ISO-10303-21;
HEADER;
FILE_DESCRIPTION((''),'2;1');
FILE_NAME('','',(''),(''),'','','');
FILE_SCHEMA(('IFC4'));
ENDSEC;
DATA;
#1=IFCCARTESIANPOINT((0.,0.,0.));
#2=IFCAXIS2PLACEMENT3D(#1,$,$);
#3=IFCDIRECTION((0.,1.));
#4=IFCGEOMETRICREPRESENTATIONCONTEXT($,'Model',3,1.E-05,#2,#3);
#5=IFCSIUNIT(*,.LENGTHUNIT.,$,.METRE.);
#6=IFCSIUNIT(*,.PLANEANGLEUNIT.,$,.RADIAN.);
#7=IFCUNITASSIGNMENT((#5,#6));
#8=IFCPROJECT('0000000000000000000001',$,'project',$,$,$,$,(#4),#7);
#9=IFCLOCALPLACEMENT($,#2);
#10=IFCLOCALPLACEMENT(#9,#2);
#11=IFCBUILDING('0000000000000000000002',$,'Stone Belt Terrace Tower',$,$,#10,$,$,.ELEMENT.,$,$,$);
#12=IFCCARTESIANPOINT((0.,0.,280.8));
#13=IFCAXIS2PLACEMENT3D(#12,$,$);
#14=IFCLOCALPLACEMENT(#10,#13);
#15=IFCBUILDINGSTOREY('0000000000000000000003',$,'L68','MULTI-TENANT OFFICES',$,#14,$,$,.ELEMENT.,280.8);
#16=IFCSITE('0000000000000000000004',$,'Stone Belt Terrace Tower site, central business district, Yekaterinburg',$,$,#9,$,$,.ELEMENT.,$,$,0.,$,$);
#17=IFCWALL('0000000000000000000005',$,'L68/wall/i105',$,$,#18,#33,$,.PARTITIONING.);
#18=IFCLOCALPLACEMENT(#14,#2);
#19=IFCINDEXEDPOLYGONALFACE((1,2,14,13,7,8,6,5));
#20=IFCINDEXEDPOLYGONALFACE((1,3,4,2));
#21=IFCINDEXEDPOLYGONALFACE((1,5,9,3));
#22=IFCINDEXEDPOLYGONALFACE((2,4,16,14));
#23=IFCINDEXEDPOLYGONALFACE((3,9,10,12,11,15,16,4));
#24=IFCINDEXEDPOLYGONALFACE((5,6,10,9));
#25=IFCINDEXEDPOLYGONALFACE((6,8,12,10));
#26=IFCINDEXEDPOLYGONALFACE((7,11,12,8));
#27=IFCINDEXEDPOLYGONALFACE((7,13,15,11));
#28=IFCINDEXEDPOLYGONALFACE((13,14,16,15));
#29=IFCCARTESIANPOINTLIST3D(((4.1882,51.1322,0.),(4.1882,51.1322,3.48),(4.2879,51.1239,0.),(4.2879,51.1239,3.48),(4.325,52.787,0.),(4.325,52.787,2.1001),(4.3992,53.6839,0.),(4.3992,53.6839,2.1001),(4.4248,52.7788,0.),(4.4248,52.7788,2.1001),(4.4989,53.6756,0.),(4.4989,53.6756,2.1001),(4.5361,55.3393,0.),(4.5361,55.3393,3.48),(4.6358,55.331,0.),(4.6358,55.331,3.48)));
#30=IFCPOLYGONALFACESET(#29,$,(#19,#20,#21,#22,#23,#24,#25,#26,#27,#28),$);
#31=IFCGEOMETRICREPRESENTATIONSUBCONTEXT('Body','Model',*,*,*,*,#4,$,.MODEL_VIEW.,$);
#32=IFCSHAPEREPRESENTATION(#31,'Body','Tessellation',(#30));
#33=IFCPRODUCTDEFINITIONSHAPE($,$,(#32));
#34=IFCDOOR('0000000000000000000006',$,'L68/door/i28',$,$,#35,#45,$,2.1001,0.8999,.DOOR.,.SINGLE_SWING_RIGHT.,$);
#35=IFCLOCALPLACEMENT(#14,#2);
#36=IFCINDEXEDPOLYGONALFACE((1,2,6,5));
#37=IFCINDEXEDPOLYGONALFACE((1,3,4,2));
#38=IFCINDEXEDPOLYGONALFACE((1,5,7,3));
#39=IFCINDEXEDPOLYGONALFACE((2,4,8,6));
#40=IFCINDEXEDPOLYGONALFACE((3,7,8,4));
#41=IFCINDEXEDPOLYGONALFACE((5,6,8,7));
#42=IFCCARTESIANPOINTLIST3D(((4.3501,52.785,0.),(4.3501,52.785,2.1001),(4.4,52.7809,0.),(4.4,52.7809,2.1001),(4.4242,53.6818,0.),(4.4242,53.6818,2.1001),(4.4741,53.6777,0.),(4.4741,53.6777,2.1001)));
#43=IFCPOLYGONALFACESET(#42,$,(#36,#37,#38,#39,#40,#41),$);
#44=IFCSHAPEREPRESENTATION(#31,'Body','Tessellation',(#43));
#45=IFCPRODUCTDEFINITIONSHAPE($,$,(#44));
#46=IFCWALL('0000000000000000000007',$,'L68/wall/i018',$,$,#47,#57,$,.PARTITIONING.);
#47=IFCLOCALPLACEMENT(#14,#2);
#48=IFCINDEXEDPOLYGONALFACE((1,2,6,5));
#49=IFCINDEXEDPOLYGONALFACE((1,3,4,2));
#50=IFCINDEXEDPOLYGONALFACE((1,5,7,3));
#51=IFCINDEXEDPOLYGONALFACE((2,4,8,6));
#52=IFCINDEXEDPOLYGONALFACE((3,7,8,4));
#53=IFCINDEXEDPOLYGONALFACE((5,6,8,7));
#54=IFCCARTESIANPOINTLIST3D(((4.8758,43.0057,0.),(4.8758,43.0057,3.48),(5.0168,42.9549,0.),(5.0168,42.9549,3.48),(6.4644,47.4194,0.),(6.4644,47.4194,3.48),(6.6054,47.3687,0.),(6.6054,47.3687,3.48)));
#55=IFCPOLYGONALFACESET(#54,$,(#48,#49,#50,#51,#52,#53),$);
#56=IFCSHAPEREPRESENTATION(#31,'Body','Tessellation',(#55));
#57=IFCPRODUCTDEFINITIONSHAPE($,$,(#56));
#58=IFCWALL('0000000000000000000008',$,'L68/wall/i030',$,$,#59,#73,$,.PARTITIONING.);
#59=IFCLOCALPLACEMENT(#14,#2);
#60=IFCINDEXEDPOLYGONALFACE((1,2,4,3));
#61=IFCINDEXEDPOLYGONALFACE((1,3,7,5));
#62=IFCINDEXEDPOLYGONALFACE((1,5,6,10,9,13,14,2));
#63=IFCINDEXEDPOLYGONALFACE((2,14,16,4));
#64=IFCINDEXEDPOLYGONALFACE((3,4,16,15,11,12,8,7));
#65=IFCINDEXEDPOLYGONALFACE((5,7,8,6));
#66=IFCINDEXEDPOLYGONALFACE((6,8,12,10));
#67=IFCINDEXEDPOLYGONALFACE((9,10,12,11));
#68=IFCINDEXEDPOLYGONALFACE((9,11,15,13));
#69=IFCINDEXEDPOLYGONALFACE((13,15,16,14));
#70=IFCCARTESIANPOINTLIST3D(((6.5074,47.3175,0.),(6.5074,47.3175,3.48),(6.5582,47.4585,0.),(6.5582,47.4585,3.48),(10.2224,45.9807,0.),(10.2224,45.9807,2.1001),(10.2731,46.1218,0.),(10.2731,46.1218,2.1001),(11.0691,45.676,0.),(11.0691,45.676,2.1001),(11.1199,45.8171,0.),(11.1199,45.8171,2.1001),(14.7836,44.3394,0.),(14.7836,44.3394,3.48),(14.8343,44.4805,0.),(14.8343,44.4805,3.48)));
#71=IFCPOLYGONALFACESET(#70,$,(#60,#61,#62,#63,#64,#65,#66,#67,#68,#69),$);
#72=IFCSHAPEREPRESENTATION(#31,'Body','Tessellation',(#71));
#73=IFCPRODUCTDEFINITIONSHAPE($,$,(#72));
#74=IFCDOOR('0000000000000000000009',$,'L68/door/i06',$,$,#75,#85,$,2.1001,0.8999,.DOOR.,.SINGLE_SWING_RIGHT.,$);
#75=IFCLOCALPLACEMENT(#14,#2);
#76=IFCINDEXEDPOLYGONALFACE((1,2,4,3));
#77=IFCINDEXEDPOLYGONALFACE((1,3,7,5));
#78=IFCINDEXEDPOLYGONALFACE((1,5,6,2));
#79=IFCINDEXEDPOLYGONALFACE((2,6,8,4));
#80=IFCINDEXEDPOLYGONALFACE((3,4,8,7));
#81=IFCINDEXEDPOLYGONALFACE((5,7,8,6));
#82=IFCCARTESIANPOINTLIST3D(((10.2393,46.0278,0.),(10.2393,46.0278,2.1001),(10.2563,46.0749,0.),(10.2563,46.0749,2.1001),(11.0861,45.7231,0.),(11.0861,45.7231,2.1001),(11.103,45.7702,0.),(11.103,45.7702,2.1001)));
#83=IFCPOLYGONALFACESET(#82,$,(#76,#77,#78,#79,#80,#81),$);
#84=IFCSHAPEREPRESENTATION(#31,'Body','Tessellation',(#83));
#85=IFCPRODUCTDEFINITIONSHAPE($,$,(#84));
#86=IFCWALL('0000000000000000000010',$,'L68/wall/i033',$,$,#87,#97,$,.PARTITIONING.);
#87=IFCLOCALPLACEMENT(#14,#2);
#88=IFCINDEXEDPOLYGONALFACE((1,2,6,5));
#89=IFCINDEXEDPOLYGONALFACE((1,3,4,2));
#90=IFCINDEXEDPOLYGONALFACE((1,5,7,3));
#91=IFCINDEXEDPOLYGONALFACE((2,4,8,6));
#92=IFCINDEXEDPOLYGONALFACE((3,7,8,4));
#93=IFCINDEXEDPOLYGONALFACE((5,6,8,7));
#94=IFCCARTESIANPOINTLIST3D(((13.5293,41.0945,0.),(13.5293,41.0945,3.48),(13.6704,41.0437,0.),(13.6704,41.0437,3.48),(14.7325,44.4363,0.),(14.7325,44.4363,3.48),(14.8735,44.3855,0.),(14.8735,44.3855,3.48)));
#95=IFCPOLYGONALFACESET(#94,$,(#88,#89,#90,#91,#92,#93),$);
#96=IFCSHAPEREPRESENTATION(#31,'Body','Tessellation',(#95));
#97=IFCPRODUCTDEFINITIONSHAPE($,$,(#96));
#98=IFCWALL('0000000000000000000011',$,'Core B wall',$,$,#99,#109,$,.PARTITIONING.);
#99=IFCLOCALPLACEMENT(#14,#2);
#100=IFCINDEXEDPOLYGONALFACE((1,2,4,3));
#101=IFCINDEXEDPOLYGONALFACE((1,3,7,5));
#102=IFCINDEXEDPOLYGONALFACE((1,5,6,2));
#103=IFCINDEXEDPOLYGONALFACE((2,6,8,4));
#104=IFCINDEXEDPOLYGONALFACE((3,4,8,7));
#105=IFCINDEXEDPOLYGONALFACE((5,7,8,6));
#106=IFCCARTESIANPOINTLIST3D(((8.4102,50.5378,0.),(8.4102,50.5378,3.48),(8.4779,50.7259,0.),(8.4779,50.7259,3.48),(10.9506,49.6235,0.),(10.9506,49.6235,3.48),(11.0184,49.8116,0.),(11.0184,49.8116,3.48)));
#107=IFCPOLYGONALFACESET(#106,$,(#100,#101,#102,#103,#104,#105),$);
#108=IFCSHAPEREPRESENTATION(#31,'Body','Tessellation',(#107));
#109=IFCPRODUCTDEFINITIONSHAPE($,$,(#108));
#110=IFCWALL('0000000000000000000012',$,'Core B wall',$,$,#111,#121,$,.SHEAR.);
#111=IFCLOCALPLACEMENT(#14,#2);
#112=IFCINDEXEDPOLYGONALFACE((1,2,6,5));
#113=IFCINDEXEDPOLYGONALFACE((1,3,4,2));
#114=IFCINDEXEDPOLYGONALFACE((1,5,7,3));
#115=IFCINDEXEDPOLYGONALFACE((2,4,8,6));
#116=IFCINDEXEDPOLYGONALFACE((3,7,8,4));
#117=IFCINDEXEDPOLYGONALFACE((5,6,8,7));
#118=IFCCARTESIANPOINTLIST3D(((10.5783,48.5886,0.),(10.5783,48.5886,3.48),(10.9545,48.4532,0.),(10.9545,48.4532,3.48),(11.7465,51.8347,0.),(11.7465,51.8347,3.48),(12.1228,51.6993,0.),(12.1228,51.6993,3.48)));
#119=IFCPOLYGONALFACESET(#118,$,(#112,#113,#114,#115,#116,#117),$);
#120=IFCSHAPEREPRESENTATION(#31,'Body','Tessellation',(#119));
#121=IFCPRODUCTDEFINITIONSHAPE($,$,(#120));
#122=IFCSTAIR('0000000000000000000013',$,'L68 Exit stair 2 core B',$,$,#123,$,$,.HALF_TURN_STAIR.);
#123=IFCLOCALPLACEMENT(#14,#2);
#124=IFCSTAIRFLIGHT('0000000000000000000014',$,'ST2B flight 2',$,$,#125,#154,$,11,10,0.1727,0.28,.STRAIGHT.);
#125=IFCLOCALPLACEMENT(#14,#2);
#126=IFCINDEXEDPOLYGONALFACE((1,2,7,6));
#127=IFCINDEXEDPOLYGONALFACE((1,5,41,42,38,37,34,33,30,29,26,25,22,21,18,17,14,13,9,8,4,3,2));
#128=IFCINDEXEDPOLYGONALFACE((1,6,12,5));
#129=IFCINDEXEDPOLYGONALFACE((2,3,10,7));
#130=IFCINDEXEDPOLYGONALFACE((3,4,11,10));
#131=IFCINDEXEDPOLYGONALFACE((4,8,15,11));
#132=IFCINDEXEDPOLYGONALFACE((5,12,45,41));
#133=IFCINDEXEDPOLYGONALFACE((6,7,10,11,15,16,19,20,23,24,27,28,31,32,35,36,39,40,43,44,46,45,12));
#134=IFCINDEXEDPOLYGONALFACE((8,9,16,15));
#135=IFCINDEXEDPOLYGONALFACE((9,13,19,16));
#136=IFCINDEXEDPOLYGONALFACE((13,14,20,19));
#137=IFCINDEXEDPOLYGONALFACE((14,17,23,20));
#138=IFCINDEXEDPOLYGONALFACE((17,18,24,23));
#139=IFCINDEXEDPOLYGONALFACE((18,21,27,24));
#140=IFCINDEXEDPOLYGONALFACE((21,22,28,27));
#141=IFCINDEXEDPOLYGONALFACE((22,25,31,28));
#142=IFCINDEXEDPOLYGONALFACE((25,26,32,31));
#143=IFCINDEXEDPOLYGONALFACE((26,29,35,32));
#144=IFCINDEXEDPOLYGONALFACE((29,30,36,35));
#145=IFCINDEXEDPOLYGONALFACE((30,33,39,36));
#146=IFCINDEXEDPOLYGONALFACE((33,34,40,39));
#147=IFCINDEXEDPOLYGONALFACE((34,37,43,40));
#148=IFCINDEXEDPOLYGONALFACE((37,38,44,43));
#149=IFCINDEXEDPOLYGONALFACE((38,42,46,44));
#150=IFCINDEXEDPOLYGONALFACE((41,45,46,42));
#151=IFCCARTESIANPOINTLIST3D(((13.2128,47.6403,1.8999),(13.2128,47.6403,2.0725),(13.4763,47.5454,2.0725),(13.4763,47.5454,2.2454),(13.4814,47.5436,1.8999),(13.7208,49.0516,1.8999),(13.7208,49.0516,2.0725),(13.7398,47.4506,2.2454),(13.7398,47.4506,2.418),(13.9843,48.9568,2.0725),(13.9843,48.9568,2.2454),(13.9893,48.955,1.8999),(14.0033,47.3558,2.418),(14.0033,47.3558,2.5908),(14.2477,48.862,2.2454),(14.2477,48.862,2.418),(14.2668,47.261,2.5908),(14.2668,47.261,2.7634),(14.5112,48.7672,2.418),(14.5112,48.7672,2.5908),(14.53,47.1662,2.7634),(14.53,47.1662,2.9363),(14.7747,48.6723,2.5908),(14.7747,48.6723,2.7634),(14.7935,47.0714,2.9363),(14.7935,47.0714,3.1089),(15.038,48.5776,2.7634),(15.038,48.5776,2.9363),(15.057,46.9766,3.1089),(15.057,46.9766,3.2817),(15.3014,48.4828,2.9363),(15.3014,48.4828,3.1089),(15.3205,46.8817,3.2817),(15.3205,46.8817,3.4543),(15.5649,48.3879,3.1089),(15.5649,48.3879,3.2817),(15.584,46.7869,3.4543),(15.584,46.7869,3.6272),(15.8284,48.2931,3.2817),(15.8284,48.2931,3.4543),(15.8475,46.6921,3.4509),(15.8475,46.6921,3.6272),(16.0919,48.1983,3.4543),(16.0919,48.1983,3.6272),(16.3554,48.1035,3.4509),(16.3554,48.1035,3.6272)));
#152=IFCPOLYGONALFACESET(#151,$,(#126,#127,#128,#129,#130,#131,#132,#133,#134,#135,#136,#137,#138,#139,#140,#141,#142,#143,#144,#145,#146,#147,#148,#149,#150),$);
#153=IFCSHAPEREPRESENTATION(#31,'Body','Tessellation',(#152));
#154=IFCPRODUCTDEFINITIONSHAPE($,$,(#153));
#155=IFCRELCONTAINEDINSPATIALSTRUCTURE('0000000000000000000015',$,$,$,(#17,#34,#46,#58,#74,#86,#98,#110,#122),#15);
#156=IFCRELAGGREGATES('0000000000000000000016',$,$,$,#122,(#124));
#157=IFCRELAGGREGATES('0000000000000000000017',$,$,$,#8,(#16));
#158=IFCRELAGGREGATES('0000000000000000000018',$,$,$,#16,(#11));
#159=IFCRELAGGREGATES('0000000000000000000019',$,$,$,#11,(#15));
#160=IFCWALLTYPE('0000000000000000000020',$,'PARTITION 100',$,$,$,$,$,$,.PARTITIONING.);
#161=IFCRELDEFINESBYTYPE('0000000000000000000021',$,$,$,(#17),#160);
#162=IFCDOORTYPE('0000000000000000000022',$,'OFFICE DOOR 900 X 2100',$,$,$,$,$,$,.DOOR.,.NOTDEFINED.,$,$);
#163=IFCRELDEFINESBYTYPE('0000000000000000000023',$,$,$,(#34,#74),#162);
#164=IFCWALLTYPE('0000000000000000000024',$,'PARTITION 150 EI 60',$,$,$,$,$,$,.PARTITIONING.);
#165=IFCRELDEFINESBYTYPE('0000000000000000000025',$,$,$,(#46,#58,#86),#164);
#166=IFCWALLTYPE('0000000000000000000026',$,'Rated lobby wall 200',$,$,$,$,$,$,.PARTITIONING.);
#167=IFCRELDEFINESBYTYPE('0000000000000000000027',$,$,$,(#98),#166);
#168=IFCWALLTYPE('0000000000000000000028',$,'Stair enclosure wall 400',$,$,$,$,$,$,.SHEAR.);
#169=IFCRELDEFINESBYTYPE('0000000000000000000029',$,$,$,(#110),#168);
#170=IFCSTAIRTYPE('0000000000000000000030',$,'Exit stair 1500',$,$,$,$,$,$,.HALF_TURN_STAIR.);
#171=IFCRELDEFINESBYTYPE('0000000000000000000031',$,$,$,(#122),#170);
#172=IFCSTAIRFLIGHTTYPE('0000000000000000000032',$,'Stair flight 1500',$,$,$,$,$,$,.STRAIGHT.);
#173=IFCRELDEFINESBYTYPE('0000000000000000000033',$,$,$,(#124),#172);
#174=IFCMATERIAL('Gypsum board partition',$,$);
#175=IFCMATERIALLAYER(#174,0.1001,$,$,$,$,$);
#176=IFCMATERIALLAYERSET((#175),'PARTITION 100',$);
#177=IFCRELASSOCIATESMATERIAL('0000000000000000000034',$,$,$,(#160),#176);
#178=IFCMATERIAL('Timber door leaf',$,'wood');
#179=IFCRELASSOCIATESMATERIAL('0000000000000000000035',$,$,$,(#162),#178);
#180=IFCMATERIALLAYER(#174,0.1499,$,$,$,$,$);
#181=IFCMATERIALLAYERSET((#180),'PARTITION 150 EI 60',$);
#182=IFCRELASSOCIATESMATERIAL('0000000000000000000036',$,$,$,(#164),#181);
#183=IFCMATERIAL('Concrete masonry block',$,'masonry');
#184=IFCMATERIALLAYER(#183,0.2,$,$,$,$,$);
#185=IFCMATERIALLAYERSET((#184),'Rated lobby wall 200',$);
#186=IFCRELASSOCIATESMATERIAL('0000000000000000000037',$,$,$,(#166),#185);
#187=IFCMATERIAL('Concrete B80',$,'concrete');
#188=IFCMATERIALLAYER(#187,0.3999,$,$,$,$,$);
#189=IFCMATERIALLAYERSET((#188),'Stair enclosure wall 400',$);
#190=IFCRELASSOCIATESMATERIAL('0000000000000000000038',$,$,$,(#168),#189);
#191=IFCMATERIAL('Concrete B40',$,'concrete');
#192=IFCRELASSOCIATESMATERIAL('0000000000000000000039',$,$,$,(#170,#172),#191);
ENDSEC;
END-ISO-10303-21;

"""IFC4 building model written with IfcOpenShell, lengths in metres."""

from ifc_helpers import new_model, si_unit, direction, frame, frame_2d, origin, place, context, subcontext, project, spatial, polyline, rectangle, outline, extrude, material, layer, layer_set, type_object, element, fill, aggregate, save


model = new_model("IFC4")

# Units and contexts
model_context = context("Model", 3, precision=1e-05, world=origin(), true_north=direction((0.0, 1.0)))
body_context = subcontext(model_context, "Body", "Model", "MODEL_VIEW")
ifc_project = project(units=[si_unit("LENGTHUNIT", "METRE"), si_unit("PLANEANGLEUNIT", "RADIAN")], contexts=[model_context])

# Site, building, storey
site_placement = place(None, origin())
site = spatial("IfcSite", under=ifc_project, at=site_placement, Name="Stone Belt Terrace Tower site, central business district, Yekaterinburg", CompositionType="ELEMENT", RefElevation=0.0)
building_placement = place(site_placement, origin())
building = spatial("IfcBuilding", under=site, at=building_placement, Name="Stone Belt Terrace Tower", CompositionType="ELEMENT")
storey_placement = place(building_placement, frame((0.0, 0.0, 280.8)))
storey = spatial("IfcBuildingStorey", under=building, at=storey_placement, Name="L68", Description="MULTI-TENANT OFFICES", CompositionType="ELEMENT", Elevation=280.8)

# Shared definitions
ifc_material_1 = material(Name="Timber door leaf", Category="wood")

# Wall, opening, door
ifc_material_2 = material(Name="Gypsum board partition")
ifc_layer_1 = layer(ifc_material_2, 0.1001)
ifc_layer_set_1 = layer_set([ifc_layer_1], Name="PARTITION 100")
wall_type_1 = type_object("IfcWallType", Name="PARTITION 100", PredefinedType="PARTITIONING", material=ifc_layer_set_1)
wall_1_placement = place(storey_placement, frame((4.238, 51.1279, 0.0), z_axis=(0.0, 0.0, 1.0), x_axis=(0.082414, 0.996598, 0.0)))
wall_1 = element("IfcWall", 1, at=wall_1_placement, inside=storey, type_object=wall_type_1, Name="L68/wall/i105", PredefinedType="PARTITIONING", context=body_context, shape_type="SweptSolid", body=[
    extrude(rectangle(XDim=4.2214, YDim=0.1001, at=frame_2d((2.1108, 0.0))), origin(), (0.0, 0.0, 1.0), 3.48),
])
opening_1_placement = place(wall_1_placement, frame((1.6606, 0.0, 0.0)))
opening_1 = element("IfcOpeningElement", 2, at=opening_1_placement, cuts=wall_1, PredefinedType="OPENING", context=body_context, shape_type="SweptSolid", body=[
    extrude(rectangle(XDim=0.8999, YDim=2.1001, at=frame_2d((0.45, 1.05))), frame((0.0, 0.0601, 0.0), z_axis=(0.0, -1.0, 0.0), x_axis=(1.0, 0.0, 0.0)), (0.0, 0.0, 1.0), 0.1201),
])
door_type_1 = type_object("IfcDoorType", Name="OFFICE DOOR 900 X 2100", OperationType="NOTDEFINED", PredefinedType="DOOR", material=ifc_material_1)
door_1_placement = place(opening_1_placement, origin())
door_1 = element("IfcDoor", 3, at=door_1_placement, inside=storey, type_object=door_type_1, Name="L68/door/i28", OperationType="SINGLE_SWING_RIGHT", OverallHeight=2.1001, OverallWidth=0.8999, PredefinedType="DOOR", context=body_context, shape_type="SweptSolid", body=[
    extrude(rectangle(XDim=0.8999, YDim=2.1001, at=frame_2d((0.45, 1.05))), frame((0.0, 0.0249, 0.0), z_axis=(0.0, -1.0, 0.0), x_axis=(1.0, 0.0, 0.0)), (0.0, 0.0, 1.0), 0.05),
])
fill(opening_1, door_1)

# Wall
ifc_layer_2 = layer(ifc_material_2, 0.1499)
ifc_layer_set_2 = layer_set([ifc_layer_2], Name="PARTITION 150 EI 60")
wall_type_2 = type_object("IfcWallType", Name="PARTITION 150 EI 60", PredefinedType="PARTITIONING", material=ifc_layer_set_2)
wall_2_placement = place(storey_placement, frame((6.5349, 47.394, 0.0), z_axis=(0.0, 0.0, 1.0), x_axis=(-0.338653, -0.940911, 0.0)))
element("IfcWall", 4, at=wall_2_placement, inside=storey, type_object=wall_type_2, Name="L68/wall/i018", PredefinedType="PARTITIONING", context=body_context, shape_type="SweptSolid", body=[
    extrude(rectangle(XDim=4.6909, YDim=0.1499, at=frame_2d((2.3455, 0.0))), origin(), (0.0, 0.0, 1.0), 3.48),
])

# Wall, opening, door
wall_3_placement = place(storey_placement, frame((14.8091, 44.4099, 0.0), z_axis=(0.0, 0.0, 1.0), x_axis=(-0.940937, 0.338581, 0.0)))
wall_3 = element("IfcWall", 5, at=wall_3_placement, inside=storey, type_object=wall_type_2, Name="L68/wall/i030", PredefinedType="PARTITIONING", context=body_context, shape_type="SweptSolid", body=[
    extrude(rectangle(XDim=8.7957, YDim=0.1499, at=frame_2d((4.3979, 0.0))), origin(), (0.0, 0.0, 1.0), 3.48),
])
opening_2_placement = place(wall_3_placement, frame((3.9478, 0.0, 0.0)))
opening_2 = element("IfcOpeningElement", 6, at=opening_2_placement, cuts=wall_3, PredefinedType="OPENING", context=body_context, shape_type="SweptSolid", body=[
    extrude(rectangle(XDim=0.8999, YDim=2.1001, at=frame_2d((0.45, 1.05))), frame((0.0, 0.085, 0.0), z_axis=(0.0, -1.0, 0.0), x_axis=(1.0, 0.0, 0.0)), (0.0, 0.0, 1.0), 0.1699),
])
door_2_placement = place(opening_2_placement, origin())
door_2 = element("IfcDoor", 7, at=door_2_placement, inside=storey, type_object=door_type_1, Name="L68/door/i06", OperationType="SINGLE_SWING_RIGHT", OverallHeight=2.1001, OverallWidth=0.8999, PredefinedType="DOOR", context=body_context, shape_type="SweptSolid", body=[
    extrude(rectangle(XDim=0.8999, YDim=2.1001, at=frame_2d((0.45, 1.05))), frame((0.0, 0.0249, 0.0), z_axis=(0.0, -1.0, 0.0), x_axis=(1.0, 0.0, 0.0)), (0.0, 0.0, 1.0), 0.05),
])
fill(opening_2, door_2)

# Walls
wall_4_placement = place(storey_placement, frame((14.803, 44.4109, 0.0), z_axis=(0.0, 0.0, 1.0), x_axis=(-0.338739, -0.94088, 0.0)))
element("IfcWall", 8, at=wall_4_placement, inside=storey, type_object=wall_type_2, Name="L68/wall/i033", PredefinedType="PARTITIONING", context=body_context, shape_type="SweptSolid", body=[
    extrude(rectangle(XDim=3.5518, YDim=0.1499, at=frame_2d((1.7759, 0.0))), origin(), (0.0, 0.0, 1.0), 3.48),
])
ifc_material_3 = material(Name="Concrete masonry block", Category="masonry")
ifc_layer_3 = layer(ifc_material_3, 0.2)
ifc_layer_set_3 = layer_set([ifc_layer_3], Name="Rated lobby wall 200")
wall_type_3 = type_object("IfcWallType", Name="Rated lobby wall 200", PredefinedType="PARTITIONING", material=ifc_layer_set_3)
wall_5_placement = place(storey_placement, frame((10.9846, 49.7175, 0.0), z_axis=(0.0, 0.0, 1.0), x_axis=(-0.940921, 0.338627, 0.0)))
element("IfcWall", 9, at=wall_5_placement, inside=storey, type_object=wall_type_3, Name="Core B wall", PredefinedType="PARTITIONING", context=body_context, shape_type="SweptSolid", body=[
    extrude(rectangle(XDim=2.7, YDim=0.2, at=frame_2d((1.3501, 0.0))), origin(), (0.0, 0.0, 1.0), 3.48),
])
ifc_material_4 = material(Name="Concrete B80", Category="concrete")
ifc_layer_4 = layer(ifc_material_4, 0.3999)
ifc_layer_set_4 = layer_set([ifc_layer_4], Name="Stair enclosure wall 400")
wall_type_4 = type_object("IfcWallType", Name="Stair enclosure wall 400", PredefinedType="SHEAR", material=ifc_layer_set_4)
wall_6_placement = place(storey_placement, frame((10.7664, 48.5208, 0.0), z_axis=(0.0, 0.0, 1.0), x_axis=(0.338622, 0.940923, 0.0)))
element("IfcWall", 10, at=wall_6_placement, inside=storey, type_object=wall_type_4, Name="Core B wall", PredefinedType="SHEAR", context=body_context, shape_type="SweptSolid", body=[
    extrude(rectangle(XDim=3.45, YDim=0.3999, at=frame_2d((1.7251, 0.0))), origin(), (0.0, 0.0, 1.0), 3.48),
])

# Stair, stair flight
ifc_material_5 = material(Name="Concrete B40", Category="concrete")
stair_type = type_object("IfcStairType", Name="Exit stair 1500", PredefinedType="HALF_TURN_STAIR", material=ifc_material_5)
stair_placement = place(storey_placement, origin())
stair = element("IfcStair", 11, at=stair_placement, inside=storey, type_object=stair_type, Name="L68 Exit stair 2 core B", PredefinedType="HALF_TURN_STAIR")
stair_flight_type = type_object("IfcStairFlightType", Name="Stair flight 1500", PredefinedType="STRAIGHT", material=ifc_material_5)
stair_flight_placement = place(storey_placement, frame((13.4668, 48.3459, 1.8999), z_axis=(0.0, 0.0, 1.0), x_axis=(0.940922, -0.338624, 0.0)))
stair_flight = element("IfcStairFlight", 12, at=stair_flight_placement, type_object=stair_flight_type, Name="ST2B flight 2", NumberOfRisers=11, NumberOfTreads=10, PredefinedType="STRAIGHT", RiserHeight=0.1727, TreadLength=0.28, context=body_context, shape_type="SweptSolid", body=[
    extrude(outline(polyline([(0.0, 0.0), (0.0, 0.1726), (0.28, 0.1726), (0.28, 0.3455), (0.5601, 0.3455), (0.5601, 0.5181), (0.8401, 0.5181), (0.8401, 0.6909), (1.1201, 0.6909), (1.1201, 0.8635), (1.3999, 0.8635), (1.3999, 1.0364), (1.6799, 1.0364), (1.6799, 1.209), (1.96, 1.209), (1.96, 1.3818), (2.24, 1.3818), (2.24, 1.5544), (2.52, 1.5544), (2.52, 1.7273), (2.8, 1.7273), (2.8, 1.8999), (2.8, 1.551), (0.2854, 0.0), (0.0, 0.0)])), frame((0.0, 0.75, 0.0), z_axis=(0.0, -1.0, 0.0), x_axis=(1.0, 0.0, 0.0)), (0.0, 0.0, 1.0), 1.5),
])
aggregate(stair, [stair_flight])

save(model, "model.ifc")
